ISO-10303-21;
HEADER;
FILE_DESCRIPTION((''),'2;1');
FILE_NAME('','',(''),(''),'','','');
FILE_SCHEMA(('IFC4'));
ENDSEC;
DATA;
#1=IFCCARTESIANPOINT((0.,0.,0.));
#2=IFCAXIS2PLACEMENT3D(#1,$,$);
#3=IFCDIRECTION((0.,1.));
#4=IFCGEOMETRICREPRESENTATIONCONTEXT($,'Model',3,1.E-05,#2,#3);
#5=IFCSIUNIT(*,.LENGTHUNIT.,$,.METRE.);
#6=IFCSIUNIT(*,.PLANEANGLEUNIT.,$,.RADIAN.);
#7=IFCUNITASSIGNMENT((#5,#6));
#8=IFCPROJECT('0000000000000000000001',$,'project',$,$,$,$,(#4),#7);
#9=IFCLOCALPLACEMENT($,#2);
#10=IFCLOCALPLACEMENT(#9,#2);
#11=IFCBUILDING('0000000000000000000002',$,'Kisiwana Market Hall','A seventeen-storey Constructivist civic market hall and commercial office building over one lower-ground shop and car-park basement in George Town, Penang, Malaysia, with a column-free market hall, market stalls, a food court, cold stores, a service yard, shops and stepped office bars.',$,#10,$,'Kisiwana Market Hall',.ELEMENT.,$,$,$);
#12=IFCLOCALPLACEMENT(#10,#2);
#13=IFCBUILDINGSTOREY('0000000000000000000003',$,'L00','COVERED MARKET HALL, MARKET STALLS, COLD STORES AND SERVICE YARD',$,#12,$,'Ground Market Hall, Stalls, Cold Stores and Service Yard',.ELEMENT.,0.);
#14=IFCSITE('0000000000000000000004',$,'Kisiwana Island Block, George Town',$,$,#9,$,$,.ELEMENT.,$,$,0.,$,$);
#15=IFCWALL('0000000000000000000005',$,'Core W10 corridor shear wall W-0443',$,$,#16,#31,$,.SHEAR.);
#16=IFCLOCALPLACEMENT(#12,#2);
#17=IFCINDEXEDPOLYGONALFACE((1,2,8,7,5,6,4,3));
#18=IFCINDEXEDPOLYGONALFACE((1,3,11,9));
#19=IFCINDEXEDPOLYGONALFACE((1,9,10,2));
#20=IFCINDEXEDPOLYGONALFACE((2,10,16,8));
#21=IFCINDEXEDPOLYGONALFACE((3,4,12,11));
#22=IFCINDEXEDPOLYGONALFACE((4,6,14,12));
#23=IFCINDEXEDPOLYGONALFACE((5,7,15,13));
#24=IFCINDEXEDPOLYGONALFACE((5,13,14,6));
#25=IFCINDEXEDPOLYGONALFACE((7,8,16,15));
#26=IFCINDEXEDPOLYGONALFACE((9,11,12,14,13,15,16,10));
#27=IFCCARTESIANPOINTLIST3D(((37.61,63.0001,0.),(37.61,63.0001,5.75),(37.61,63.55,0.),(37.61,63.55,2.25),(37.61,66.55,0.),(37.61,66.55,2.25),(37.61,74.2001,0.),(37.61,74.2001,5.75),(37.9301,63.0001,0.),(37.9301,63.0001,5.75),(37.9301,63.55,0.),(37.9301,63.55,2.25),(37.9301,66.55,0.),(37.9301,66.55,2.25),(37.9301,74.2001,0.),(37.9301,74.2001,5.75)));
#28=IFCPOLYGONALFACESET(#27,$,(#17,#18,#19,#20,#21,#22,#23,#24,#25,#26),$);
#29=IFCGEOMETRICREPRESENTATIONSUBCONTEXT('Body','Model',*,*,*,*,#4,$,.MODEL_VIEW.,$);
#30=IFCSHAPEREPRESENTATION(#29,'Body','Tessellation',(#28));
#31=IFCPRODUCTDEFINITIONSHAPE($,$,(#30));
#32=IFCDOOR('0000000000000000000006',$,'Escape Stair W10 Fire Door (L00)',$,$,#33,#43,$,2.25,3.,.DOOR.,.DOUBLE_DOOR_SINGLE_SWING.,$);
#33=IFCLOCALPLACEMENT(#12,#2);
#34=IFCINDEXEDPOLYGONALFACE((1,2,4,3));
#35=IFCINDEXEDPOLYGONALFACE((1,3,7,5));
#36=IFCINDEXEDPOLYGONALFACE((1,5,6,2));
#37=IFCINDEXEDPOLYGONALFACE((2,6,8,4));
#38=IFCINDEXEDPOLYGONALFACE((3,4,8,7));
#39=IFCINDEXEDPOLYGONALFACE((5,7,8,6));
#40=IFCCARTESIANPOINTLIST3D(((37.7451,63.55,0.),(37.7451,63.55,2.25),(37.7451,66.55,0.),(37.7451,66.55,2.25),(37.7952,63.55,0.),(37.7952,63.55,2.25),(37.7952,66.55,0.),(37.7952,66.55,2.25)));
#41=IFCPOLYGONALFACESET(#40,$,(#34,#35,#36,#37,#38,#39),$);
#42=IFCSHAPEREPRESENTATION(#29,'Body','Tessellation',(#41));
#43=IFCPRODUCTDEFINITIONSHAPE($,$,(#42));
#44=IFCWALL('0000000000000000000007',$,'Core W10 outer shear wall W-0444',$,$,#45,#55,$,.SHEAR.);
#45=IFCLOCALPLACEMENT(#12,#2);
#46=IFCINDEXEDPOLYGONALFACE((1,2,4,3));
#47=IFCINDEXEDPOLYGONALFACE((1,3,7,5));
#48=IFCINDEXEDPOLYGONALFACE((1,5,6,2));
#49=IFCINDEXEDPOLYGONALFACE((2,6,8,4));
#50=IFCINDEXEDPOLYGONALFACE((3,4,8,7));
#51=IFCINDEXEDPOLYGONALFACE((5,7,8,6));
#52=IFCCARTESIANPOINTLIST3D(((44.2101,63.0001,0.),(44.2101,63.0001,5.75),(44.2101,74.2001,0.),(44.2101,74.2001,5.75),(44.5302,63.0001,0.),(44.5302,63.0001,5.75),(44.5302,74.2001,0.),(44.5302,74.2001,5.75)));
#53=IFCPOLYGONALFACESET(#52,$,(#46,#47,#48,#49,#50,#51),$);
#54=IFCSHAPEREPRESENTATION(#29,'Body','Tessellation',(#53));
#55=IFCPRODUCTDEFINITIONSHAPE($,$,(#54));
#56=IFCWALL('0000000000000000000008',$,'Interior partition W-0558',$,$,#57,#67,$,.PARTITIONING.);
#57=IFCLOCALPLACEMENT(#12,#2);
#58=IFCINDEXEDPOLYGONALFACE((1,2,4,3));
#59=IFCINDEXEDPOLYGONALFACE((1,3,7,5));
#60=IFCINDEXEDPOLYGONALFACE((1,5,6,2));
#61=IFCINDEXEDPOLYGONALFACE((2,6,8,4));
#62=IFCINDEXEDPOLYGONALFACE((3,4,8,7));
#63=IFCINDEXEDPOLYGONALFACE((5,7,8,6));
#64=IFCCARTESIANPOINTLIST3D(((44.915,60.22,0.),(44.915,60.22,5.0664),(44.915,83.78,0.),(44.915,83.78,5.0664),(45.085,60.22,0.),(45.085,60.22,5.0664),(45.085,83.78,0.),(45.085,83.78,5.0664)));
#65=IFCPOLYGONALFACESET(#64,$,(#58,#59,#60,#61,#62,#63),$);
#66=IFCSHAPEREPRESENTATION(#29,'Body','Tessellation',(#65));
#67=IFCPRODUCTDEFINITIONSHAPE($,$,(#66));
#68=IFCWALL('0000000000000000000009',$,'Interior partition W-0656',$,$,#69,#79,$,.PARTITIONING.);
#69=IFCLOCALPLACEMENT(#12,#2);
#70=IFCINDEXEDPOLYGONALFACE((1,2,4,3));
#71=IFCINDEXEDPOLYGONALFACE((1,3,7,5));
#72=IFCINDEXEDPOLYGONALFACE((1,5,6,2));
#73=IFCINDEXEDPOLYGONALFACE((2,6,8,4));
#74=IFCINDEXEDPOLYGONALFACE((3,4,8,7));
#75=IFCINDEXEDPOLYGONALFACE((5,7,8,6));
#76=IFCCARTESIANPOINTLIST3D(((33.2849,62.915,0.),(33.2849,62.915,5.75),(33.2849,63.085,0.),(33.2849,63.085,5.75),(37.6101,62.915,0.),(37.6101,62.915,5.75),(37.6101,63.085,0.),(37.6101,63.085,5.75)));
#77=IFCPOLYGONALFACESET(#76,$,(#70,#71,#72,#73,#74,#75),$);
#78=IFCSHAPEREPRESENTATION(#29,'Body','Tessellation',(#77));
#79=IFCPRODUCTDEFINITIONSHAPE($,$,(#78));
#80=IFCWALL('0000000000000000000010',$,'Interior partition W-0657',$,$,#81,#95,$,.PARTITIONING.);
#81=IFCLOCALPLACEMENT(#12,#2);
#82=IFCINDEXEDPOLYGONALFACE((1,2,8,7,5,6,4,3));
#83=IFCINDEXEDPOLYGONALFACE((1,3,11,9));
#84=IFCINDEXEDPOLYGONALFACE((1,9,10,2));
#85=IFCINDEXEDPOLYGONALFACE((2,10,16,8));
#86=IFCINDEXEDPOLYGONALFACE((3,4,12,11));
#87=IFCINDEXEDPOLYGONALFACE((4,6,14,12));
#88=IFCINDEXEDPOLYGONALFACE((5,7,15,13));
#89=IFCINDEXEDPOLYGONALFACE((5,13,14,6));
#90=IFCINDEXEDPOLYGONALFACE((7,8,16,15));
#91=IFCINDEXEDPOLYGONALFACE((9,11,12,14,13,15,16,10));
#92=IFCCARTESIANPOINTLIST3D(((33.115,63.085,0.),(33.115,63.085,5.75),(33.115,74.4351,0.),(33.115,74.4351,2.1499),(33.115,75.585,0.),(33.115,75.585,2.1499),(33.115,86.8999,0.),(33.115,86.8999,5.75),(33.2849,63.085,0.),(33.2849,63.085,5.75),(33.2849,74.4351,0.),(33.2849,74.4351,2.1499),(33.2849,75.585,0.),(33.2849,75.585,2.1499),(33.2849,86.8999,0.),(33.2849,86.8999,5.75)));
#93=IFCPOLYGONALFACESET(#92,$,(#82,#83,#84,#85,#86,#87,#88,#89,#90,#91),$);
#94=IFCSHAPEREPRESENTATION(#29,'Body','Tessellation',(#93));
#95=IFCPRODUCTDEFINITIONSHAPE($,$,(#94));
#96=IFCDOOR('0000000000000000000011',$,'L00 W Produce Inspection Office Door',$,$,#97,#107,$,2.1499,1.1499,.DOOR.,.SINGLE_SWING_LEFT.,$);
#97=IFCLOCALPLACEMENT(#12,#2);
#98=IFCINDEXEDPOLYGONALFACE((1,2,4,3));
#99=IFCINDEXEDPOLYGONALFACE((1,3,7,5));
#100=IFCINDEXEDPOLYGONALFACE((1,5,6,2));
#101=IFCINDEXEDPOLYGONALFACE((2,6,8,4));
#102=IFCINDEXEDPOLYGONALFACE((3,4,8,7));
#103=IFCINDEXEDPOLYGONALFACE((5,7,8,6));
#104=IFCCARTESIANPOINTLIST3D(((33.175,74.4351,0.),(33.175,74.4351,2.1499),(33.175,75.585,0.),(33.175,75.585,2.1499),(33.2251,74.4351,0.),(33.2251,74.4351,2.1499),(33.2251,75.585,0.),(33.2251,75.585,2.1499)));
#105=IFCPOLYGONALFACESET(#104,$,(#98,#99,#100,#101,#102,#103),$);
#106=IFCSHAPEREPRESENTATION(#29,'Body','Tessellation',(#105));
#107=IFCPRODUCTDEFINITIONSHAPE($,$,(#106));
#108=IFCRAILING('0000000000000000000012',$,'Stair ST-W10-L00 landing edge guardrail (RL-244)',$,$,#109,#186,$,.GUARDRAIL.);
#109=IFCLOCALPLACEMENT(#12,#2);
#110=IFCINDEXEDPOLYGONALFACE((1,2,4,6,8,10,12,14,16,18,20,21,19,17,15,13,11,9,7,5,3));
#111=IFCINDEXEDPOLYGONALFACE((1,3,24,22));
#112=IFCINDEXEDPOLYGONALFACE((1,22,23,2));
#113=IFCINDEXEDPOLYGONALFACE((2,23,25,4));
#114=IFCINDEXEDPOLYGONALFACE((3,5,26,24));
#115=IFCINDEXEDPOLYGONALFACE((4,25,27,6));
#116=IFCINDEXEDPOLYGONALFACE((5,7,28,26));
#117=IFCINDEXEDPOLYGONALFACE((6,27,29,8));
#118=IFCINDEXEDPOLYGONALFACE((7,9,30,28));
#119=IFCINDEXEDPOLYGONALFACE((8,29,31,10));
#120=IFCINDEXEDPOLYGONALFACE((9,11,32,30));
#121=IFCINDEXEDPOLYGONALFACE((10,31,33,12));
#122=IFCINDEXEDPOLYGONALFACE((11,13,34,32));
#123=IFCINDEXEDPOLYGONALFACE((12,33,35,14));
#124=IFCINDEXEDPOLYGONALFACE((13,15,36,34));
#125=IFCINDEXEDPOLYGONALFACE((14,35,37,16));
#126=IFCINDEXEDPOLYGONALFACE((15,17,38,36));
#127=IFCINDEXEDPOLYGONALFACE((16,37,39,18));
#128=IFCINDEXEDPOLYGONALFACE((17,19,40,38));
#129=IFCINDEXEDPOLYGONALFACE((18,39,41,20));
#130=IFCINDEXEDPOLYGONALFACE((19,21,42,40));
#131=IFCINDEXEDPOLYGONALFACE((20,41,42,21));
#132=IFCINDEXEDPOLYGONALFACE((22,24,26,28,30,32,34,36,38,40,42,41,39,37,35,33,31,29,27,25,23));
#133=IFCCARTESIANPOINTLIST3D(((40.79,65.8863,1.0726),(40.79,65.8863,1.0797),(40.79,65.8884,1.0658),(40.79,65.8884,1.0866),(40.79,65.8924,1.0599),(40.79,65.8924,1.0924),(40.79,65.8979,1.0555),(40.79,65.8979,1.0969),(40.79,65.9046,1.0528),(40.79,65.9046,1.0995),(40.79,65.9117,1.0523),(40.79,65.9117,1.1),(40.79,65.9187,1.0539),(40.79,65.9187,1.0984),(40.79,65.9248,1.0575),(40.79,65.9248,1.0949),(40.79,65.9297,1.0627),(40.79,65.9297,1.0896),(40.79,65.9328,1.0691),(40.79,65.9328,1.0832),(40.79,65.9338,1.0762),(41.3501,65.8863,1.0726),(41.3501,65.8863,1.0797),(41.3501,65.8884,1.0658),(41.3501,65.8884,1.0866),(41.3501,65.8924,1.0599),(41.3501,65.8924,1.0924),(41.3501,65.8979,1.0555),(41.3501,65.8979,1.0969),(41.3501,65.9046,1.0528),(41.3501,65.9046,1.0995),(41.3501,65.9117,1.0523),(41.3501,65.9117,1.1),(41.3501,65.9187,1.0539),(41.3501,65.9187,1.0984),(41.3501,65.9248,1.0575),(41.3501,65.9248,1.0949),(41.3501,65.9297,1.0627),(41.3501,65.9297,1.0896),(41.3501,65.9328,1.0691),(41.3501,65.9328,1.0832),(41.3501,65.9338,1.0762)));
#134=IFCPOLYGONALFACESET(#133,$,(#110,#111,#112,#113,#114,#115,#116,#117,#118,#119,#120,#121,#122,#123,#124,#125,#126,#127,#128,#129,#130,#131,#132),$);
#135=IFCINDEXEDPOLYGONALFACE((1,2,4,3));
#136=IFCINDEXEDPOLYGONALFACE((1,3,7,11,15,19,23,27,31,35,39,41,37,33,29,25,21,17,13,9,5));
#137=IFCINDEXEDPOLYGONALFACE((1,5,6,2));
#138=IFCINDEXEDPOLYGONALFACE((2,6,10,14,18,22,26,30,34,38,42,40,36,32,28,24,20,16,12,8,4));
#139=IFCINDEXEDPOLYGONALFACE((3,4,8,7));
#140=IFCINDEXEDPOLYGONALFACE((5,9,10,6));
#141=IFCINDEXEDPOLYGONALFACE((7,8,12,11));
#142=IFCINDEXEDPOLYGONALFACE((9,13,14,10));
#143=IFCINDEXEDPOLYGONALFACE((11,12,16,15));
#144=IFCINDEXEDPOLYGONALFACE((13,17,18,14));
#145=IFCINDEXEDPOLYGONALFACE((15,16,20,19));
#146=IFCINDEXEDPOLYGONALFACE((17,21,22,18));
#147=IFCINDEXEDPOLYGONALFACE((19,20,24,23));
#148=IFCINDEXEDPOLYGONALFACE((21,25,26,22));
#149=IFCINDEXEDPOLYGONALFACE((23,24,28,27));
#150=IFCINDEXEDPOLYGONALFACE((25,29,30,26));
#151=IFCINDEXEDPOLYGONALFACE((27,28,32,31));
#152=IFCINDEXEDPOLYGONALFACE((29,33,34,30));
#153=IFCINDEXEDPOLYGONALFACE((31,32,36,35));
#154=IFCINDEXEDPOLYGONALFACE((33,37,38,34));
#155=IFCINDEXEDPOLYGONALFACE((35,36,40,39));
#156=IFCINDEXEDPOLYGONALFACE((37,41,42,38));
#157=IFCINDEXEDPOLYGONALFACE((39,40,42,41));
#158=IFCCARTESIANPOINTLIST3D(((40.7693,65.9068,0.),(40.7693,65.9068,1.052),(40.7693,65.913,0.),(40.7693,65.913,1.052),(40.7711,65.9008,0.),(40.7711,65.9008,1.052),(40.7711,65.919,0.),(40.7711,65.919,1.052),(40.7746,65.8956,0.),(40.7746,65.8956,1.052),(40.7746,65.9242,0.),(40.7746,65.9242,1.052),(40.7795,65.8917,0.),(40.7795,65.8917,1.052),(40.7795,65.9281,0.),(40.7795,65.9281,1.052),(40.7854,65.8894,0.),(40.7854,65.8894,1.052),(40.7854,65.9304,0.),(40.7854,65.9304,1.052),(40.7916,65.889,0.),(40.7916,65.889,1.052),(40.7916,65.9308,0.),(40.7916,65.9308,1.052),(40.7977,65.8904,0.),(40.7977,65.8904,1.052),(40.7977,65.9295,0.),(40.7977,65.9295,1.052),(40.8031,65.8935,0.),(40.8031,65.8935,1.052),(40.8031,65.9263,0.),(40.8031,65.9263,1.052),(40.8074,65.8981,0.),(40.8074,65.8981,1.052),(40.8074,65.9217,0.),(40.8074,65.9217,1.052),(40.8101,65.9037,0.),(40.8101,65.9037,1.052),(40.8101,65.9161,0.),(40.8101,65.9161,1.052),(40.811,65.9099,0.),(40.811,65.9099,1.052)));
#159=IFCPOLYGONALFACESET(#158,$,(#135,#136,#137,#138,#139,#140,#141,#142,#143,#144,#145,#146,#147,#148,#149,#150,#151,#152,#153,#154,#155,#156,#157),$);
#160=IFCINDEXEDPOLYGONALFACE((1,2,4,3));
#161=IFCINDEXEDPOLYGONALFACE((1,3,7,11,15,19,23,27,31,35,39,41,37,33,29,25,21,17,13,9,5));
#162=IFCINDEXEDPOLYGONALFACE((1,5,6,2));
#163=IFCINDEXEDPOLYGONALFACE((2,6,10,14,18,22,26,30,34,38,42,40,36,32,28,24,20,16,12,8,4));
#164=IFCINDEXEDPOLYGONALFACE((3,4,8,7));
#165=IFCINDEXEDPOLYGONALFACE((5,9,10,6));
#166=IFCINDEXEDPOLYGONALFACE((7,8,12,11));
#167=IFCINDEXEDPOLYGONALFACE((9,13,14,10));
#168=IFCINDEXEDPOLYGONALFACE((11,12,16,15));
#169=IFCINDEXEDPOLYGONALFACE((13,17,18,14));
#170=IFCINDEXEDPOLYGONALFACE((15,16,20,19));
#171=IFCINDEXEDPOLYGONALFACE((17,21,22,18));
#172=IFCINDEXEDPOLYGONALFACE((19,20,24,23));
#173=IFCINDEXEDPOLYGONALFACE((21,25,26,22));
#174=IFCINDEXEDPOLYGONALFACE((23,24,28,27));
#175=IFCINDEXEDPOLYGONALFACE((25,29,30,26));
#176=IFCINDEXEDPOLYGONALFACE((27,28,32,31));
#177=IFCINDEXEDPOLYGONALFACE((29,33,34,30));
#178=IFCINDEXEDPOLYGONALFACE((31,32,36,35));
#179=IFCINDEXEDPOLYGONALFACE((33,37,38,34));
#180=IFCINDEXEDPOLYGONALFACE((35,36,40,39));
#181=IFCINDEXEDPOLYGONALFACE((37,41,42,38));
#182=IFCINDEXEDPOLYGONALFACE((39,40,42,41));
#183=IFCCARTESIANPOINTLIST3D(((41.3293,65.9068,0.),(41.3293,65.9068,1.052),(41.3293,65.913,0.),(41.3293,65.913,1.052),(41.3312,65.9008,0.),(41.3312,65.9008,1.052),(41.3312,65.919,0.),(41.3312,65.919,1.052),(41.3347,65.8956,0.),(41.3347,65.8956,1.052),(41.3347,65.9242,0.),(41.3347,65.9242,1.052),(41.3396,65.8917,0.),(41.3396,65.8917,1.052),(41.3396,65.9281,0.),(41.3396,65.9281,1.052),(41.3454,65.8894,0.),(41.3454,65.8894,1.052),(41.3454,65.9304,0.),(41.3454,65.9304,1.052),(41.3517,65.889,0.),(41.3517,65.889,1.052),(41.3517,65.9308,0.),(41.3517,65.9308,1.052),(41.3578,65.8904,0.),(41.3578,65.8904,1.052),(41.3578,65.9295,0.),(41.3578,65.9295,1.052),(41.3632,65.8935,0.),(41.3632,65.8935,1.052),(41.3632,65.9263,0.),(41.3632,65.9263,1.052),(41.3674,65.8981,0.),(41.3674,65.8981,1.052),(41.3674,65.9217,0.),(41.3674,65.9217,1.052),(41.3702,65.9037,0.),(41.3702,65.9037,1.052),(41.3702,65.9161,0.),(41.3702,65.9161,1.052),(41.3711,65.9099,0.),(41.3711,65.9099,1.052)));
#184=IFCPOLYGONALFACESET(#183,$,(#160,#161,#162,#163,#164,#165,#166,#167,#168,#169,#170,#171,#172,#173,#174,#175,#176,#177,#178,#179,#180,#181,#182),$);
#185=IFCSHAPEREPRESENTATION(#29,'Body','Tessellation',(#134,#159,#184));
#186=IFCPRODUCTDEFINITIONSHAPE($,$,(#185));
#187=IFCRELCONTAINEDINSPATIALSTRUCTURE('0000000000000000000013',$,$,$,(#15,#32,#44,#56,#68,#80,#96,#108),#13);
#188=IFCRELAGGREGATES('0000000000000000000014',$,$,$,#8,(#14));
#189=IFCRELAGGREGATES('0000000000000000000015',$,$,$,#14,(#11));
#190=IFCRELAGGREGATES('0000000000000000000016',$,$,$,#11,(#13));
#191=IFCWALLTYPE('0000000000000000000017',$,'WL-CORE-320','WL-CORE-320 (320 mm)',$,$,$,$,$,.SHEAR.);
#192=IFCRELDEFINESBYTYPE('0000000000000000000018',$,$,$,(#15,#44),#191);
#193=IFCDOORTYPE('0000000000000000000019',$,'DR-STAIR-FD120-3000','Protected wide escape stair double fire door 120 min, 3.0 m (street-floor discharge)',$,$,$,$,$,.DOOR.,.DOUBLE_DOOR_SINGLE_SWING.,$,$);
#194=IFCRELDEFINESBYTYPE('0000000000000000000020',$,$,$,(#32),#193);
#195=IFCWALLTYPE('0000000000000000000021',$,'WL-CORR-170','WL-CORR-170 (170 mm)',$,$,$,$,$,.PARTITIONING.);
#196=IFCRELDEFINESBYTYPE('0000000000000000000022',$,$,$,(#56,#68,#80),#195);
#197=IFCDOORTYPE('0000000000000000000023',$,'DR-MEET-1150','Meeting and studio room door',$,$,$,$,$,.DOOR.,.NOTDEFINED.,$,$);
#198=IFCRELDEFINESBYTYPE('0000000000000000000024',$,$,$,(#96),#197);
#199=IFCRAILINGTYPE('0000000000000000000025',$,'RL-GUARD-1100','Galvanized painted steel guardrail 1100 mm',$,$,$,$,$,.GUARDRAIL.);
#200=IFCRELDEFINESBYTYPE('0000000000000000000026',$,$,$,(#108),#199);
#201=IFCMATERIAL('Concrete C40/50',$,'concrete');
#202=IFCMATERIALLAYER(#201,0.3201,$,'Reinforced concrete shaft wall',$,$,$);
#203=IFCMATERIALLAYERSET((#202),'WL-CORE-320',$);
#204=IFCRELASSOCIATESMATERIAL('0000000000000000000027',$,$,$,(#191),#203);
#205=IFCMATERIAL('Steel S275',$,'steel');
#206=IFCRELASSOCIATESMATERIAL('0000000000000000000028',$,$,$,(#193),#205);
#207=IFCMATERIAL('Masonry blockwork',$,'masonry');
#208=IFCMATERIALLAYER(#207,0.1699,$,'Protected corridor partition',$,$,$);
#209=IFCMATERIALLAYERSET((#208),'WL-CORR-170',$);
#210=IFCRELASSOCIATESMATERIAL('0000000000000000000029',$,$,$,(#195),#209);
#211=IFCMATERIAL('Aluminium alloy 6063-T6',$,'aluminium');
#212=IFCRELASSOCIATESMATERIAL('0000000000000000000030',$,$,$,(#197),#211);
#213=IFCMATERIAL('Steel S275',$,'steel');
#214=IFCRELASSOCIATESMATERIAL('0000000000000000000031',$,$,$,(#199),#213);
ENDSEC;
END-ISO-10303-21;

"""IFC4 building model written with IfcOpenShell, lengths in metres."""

from ifc_helpers import new_model, si_unit, direction, frame, frame_2d, origin, origin_2d, place, context, subcontext, project, spatial, rectangle, circle, extrude, material, layer, layer_set, type_object, element, fill, save


model = new_model("IFC4")

# Units and contexts
model_context = context("Model", 3, precision=1e-05, world=origin(), true_north=direction((0.0, 1.0)))
body_context = subcontext(model_context, "Body", "Model", "MODEL_VIEW")
ifc_project = project(units=[si_unit("LENGTHUNIT", "METRE"), si_unit("PLANEANGLEUNIT", "RADIAN")], contexts=[model_context])

# Site, building, storey
site_placement = place(None, origin())
site = spatial("IfcSite", under=ifc_project, at=site_placement, Name="Kisiwana Island Block, George Town", CompositionType="ELEMENT", RefElevation=0.0)
building_placement = place(site_placement, origin())
building = spatial("IfcBuilding", under=site, at=building_placement, Name="Kisiwana Market Hall", Description="A seventeen-storey Constructivist civic market hall and commercial office building over one lower-ground shop and car-park basement in George Town, Penang, Malaysia, with a column-free market hall, market stalls, a food court, cold stores, a service yard, shops and stepped office bars.", LongName="Kisiwana Market Hall", CompositionType="ELEMENT")
storey_placement = place(building_placement, origin())
storey = spatial("IfcBuildingStorey", under=building, at=storey_placement, Name="L00", Description="COVERED MARKET HALL, MARKET STALLS, COLD STORES AND SERVICE YARD", LongName="Ground Market Hall, Stalls, Cold Stores and Service Yard", CompositionType="ELEMENT", Elevation=0.0)

# Shared definitions
ifc_material_1 = material(Name="Concrete C40/50", Category="concrete")
ifc_layer_1 = layer(ifc_material_1, 0.3201, Name="Reinforced concrete shaft wall")
ifc_layer_set_1 = layer_set([ifc_layer_1], Name="WL-CORE-320")
wall_type_1 = type_object("IfcWallType", Name="WL-CORE-320", Description="WL-CORE-320 (320 mm)", PredefinedType="SHEAR", material=ifc_layer_set_1)

# Wall, opening, door
wall_1_placement = place(storey_placement, frame((37.77, 63.0, 0.0), z_axis=(0.0, 0.0, 1.0), x_axis=(0.0, 1.0, 0.0)))
wall_1 = element("IfcWall", 1, at=wall_1_placement, inside=storey, type_object=wall_type_1, Name="Core W10 corridor shear wall W-0443", PredefinedType="SHEAR", context=body_context, shape_type="SweptSolid", body=[
    extrude(rectangle(XDim=11.2, YDim=0.3201, at=frame_2d((5.6001, 0.0))), origin(), (0.0, 0.0, 1.0), 5.75),
])
opening_1_placement = place(wall_1_placement, frame((0.55, 0.0, 0.0)))
opening_1 = element("IfcOpeningElement", 2, at=opening_1_placement, cuts=wall_1, PredefinedType="OPENING", context=body_context, shape_type="SweptSolid", body=[
    extrude(rectangle(XDim=3.0, YDim=2.25, at=frame_2d((1.5, 1.125))), frame((0.0, 0.1719, 0.0), z_axis=(0.0, -1.0, 0.0), x_axis=(1.0, 0.0, 0.0)), (0.0, 0.0, 1.0), 0.344),
])
ifc_material_2 = material(Name="Steel S275", Category="steel")
door_type_1 = type_object("IfcDoorType", Name="DR-STAIR-FD120-3000", Description="Protected wide escape stair double fire door 120 min, 3.0 m (street-floor discharge)", OperationType="DOUBLE_DOOR_SINGLE_SWING", PredefinedType="DOOR", material=ifc_material_2)
door_1_placement = place(opening_1_placement, origin())
door_1 = element("IfcDoor", 3, at=door_1_placement, inside=storey, type_object=door_type_1, Name="Escape Stair W10 Fire Door (L00)", OperationType="DOUBLE_DOOR_SINGLE_SWING", OverallHeight=2.25, OverallWidth=3.0, PredefinedType="DOOR", context=body_context, shape_type="SweptSolid", body=[
    extrude(rectangle(XDim=3.0, YDim=2.25, at=frame_2d((1.5, 1.125))), frame((0.0, 0.0249, 0.0), z_axis=(0.0, -1.0, 0.0), x_axis=(1.0, 0.0, 0.0)), (0.0, 0.0, 1.0), 0.05),
])
fill(opening_1, door_1)

# Walls
wall_2_placement = place(storey_placement, frame((44.3701, 63.0, 0.0), z_axis=(0.0, 0.0, 1.0), x_axis=(0.0, 1.0, 0.0)))
element("IfcWall", 4, at=wall_2_placement, inside=storey, type_object=wall_type_1, Name="Core W10 outer shear wall W-0444", PredefinedType="SHEAR", context=body_context, shape_type="SweptSolid", body=[
    extrude(rectangle(XDim=11.2, YDim=0.3201, at=frame_2d((5.6001, 0.0))), origin(), (0.0, 0.0, 1.0), 5.75),
])
ifc_material_3 = material(Name="Masonry blockwork", Category="masonry")
ifc_layer_2 = layer(ifc_material_3, 0.1699, Name="Protected corridor partition")
ifc_layer_set_2 = layer_set([ifc_layer_2], Name="WL-CORR-170")
wall_type_2 = type_object("IfcWallType", Name="WL-CORR-170", Description="WL-CORR-170 (170 mm)", PredefinedType="PARTITIONING", material=ifc_layer_set_2)
wall_3_placement = place(storey_placement, frame((45.0, 60.22, 0.0), z_axis=(0.0, 0.0, 1.0), x_axis=(0.0, 1.0, 0.0)))
element("IfcWall", 5, at=wall_3_placement, inside=storey, type_object=wall_type_2, Name="Interior partition W-0558", PredefinedType="PARTITIONING", context=body_context, shape_type="SweptSolid", body=[
    extrude(rectangle(XDim=23.5601, YDim=0.1699, at=frame_2d((11.78, 0.0))), origin(), (0.0, 0.0, 1.0), 5.0664),
])
wall_4_placement = place(storey_placement, frame((33.2849, 63.0, 0.0), z_axis=(0.0, 0.0, 1.0), x_axis=(1.0, 0.0, 0.0)))
element("IfcWall", 6, at=wall_4_placement, inside=storey, type_object=wall_type_2, Name="Interior partition W-0656", PredefinedType="PARTITIONING", context=body_context, shape_type="SweptSolid", body=[
    extrude(rectangle(XDim=4.3252, YDim=0.1699, at=frame_2d((2.1626, 0.0))), origin(), (0.0, 0.0, 1.0), 5.75),
])

# Wall, opening, door
wall_5_placement = place(storey_placement, frame((33.2, 63.085, 0.0), z_axis=(0.0, 0.0, 1.0), x_axis=(0.0, 1.0, 0.0)))
wall_5 = element("IfcWall", 7, at=wall_5_placement, inside=storey, type_object=wall_type_2, Name="Interior partition W-0657", PredefinedType="PARTITIONING", context=body_context, shape_type="SweptSolid", body=[
    extrude(rectangle(XDim=23.8149, YDim=0.1699, at=frame_2d((11.9075, 0.0))), origin(), (0.0, 0.0, 1.0), 5.75),
])
opening_2_placement = place(wall_5_placement, frame((11.3501, 0.0, 0.0)))
opening_2 = element("IfcOpeningElement", 8, at=opening_2_placement, cuts=wall_5, PredefinedType="OPENING", context=body_context, shape_type="SweptSolid", body=[
    extrude(rectangle(XDim=1.1499, YDim=2.1499, at=frame_2d((0.575, 1.075))), frame((0.0, 0.0969, 0.0), z_axis=(0.0, -1.0, 0.0), x_axis=(1.0, 0.0, 0.0)), (0.0, 0.0, 1.0), 0.1938),
])
ifc_material_4 = material(Name="Aluminium alloy 6063-T6", Category="aluminium")
door_type_2 = type_object("IfcDoorType", Name="DR-MEET-1150", Description="Meeting and studio room door", OperationType="NOTDEFINED", PredefinedType="DOOR", material=ifc_material_4)
door_2_placement = place(opening_2_placement, origin())
door_2 = element("IfcDoor", 9, at=door_2_placement, inside=storey, type_object=door_type_2, Name="L00 W Produce Inspection Office Door", OperationType="SINGLE_SWING_LEFT", OverallHeight=2.1499, OverallWidth=1.1499, PredefinedType="DOOR", context=body_context, shape_type="SweptSolid", body=[
    extrude(rectangle(XDim=1.1499, YDim=2.1499, at=frame_2d((0.575, 1.075))), frame((0.0, 0.0249, 0.0), z_axis=(0.0, -1.0, 0.0), x_axis=(1.0, 0.0, 0.0)), (0.0, 0.0, 1.0), 0.05),
])
fill(opening_2, door_2)

# Railing
ifc_material_5 = material(Name="Steel S275", Category="steel")
railing_type_1 = type_object("IfcRailingType", Name="RL-GUARD-1100", Description="Galvanized painted steel guardrail 1100 mm", PredefinedType="GUARDRAIL", material=ifc_material_5)
railing_1_placement = place(storey_placement, frame((40.79, 65.9099, 0.0)))
element("IfcRailing", 10, at=railing_1_placement, inside=storey, type_object=railing_type_1, Name="Stair ST-W10-L00 landing edge guardrail (RL-244)", PredefinedType="GUARDRAIL", context=body_context, shape_type="SweptSolid", body=[
    extrude(circle(Radius=0.0239, at=origin_2d()), frame((0.0, 0.0, 1.0762), z_axis=(1.0, 0.0, 0.0), x_axis=(0.0, 1.0, 0.0)), (0.0, 0.0, 1.0), 0.5601),
    extrude(circle(Radius=0.021, at=origin_2d()), origin(), (0.0, 0.0, 1.0), 1.052),
    extrude(circle(Radius=0.021, at=origin_2d()), frame((0.5601, 0.0, 0.0)), (0.0, 0.0, 1.0), 1.052),
])

save(model, "model.ifc")
